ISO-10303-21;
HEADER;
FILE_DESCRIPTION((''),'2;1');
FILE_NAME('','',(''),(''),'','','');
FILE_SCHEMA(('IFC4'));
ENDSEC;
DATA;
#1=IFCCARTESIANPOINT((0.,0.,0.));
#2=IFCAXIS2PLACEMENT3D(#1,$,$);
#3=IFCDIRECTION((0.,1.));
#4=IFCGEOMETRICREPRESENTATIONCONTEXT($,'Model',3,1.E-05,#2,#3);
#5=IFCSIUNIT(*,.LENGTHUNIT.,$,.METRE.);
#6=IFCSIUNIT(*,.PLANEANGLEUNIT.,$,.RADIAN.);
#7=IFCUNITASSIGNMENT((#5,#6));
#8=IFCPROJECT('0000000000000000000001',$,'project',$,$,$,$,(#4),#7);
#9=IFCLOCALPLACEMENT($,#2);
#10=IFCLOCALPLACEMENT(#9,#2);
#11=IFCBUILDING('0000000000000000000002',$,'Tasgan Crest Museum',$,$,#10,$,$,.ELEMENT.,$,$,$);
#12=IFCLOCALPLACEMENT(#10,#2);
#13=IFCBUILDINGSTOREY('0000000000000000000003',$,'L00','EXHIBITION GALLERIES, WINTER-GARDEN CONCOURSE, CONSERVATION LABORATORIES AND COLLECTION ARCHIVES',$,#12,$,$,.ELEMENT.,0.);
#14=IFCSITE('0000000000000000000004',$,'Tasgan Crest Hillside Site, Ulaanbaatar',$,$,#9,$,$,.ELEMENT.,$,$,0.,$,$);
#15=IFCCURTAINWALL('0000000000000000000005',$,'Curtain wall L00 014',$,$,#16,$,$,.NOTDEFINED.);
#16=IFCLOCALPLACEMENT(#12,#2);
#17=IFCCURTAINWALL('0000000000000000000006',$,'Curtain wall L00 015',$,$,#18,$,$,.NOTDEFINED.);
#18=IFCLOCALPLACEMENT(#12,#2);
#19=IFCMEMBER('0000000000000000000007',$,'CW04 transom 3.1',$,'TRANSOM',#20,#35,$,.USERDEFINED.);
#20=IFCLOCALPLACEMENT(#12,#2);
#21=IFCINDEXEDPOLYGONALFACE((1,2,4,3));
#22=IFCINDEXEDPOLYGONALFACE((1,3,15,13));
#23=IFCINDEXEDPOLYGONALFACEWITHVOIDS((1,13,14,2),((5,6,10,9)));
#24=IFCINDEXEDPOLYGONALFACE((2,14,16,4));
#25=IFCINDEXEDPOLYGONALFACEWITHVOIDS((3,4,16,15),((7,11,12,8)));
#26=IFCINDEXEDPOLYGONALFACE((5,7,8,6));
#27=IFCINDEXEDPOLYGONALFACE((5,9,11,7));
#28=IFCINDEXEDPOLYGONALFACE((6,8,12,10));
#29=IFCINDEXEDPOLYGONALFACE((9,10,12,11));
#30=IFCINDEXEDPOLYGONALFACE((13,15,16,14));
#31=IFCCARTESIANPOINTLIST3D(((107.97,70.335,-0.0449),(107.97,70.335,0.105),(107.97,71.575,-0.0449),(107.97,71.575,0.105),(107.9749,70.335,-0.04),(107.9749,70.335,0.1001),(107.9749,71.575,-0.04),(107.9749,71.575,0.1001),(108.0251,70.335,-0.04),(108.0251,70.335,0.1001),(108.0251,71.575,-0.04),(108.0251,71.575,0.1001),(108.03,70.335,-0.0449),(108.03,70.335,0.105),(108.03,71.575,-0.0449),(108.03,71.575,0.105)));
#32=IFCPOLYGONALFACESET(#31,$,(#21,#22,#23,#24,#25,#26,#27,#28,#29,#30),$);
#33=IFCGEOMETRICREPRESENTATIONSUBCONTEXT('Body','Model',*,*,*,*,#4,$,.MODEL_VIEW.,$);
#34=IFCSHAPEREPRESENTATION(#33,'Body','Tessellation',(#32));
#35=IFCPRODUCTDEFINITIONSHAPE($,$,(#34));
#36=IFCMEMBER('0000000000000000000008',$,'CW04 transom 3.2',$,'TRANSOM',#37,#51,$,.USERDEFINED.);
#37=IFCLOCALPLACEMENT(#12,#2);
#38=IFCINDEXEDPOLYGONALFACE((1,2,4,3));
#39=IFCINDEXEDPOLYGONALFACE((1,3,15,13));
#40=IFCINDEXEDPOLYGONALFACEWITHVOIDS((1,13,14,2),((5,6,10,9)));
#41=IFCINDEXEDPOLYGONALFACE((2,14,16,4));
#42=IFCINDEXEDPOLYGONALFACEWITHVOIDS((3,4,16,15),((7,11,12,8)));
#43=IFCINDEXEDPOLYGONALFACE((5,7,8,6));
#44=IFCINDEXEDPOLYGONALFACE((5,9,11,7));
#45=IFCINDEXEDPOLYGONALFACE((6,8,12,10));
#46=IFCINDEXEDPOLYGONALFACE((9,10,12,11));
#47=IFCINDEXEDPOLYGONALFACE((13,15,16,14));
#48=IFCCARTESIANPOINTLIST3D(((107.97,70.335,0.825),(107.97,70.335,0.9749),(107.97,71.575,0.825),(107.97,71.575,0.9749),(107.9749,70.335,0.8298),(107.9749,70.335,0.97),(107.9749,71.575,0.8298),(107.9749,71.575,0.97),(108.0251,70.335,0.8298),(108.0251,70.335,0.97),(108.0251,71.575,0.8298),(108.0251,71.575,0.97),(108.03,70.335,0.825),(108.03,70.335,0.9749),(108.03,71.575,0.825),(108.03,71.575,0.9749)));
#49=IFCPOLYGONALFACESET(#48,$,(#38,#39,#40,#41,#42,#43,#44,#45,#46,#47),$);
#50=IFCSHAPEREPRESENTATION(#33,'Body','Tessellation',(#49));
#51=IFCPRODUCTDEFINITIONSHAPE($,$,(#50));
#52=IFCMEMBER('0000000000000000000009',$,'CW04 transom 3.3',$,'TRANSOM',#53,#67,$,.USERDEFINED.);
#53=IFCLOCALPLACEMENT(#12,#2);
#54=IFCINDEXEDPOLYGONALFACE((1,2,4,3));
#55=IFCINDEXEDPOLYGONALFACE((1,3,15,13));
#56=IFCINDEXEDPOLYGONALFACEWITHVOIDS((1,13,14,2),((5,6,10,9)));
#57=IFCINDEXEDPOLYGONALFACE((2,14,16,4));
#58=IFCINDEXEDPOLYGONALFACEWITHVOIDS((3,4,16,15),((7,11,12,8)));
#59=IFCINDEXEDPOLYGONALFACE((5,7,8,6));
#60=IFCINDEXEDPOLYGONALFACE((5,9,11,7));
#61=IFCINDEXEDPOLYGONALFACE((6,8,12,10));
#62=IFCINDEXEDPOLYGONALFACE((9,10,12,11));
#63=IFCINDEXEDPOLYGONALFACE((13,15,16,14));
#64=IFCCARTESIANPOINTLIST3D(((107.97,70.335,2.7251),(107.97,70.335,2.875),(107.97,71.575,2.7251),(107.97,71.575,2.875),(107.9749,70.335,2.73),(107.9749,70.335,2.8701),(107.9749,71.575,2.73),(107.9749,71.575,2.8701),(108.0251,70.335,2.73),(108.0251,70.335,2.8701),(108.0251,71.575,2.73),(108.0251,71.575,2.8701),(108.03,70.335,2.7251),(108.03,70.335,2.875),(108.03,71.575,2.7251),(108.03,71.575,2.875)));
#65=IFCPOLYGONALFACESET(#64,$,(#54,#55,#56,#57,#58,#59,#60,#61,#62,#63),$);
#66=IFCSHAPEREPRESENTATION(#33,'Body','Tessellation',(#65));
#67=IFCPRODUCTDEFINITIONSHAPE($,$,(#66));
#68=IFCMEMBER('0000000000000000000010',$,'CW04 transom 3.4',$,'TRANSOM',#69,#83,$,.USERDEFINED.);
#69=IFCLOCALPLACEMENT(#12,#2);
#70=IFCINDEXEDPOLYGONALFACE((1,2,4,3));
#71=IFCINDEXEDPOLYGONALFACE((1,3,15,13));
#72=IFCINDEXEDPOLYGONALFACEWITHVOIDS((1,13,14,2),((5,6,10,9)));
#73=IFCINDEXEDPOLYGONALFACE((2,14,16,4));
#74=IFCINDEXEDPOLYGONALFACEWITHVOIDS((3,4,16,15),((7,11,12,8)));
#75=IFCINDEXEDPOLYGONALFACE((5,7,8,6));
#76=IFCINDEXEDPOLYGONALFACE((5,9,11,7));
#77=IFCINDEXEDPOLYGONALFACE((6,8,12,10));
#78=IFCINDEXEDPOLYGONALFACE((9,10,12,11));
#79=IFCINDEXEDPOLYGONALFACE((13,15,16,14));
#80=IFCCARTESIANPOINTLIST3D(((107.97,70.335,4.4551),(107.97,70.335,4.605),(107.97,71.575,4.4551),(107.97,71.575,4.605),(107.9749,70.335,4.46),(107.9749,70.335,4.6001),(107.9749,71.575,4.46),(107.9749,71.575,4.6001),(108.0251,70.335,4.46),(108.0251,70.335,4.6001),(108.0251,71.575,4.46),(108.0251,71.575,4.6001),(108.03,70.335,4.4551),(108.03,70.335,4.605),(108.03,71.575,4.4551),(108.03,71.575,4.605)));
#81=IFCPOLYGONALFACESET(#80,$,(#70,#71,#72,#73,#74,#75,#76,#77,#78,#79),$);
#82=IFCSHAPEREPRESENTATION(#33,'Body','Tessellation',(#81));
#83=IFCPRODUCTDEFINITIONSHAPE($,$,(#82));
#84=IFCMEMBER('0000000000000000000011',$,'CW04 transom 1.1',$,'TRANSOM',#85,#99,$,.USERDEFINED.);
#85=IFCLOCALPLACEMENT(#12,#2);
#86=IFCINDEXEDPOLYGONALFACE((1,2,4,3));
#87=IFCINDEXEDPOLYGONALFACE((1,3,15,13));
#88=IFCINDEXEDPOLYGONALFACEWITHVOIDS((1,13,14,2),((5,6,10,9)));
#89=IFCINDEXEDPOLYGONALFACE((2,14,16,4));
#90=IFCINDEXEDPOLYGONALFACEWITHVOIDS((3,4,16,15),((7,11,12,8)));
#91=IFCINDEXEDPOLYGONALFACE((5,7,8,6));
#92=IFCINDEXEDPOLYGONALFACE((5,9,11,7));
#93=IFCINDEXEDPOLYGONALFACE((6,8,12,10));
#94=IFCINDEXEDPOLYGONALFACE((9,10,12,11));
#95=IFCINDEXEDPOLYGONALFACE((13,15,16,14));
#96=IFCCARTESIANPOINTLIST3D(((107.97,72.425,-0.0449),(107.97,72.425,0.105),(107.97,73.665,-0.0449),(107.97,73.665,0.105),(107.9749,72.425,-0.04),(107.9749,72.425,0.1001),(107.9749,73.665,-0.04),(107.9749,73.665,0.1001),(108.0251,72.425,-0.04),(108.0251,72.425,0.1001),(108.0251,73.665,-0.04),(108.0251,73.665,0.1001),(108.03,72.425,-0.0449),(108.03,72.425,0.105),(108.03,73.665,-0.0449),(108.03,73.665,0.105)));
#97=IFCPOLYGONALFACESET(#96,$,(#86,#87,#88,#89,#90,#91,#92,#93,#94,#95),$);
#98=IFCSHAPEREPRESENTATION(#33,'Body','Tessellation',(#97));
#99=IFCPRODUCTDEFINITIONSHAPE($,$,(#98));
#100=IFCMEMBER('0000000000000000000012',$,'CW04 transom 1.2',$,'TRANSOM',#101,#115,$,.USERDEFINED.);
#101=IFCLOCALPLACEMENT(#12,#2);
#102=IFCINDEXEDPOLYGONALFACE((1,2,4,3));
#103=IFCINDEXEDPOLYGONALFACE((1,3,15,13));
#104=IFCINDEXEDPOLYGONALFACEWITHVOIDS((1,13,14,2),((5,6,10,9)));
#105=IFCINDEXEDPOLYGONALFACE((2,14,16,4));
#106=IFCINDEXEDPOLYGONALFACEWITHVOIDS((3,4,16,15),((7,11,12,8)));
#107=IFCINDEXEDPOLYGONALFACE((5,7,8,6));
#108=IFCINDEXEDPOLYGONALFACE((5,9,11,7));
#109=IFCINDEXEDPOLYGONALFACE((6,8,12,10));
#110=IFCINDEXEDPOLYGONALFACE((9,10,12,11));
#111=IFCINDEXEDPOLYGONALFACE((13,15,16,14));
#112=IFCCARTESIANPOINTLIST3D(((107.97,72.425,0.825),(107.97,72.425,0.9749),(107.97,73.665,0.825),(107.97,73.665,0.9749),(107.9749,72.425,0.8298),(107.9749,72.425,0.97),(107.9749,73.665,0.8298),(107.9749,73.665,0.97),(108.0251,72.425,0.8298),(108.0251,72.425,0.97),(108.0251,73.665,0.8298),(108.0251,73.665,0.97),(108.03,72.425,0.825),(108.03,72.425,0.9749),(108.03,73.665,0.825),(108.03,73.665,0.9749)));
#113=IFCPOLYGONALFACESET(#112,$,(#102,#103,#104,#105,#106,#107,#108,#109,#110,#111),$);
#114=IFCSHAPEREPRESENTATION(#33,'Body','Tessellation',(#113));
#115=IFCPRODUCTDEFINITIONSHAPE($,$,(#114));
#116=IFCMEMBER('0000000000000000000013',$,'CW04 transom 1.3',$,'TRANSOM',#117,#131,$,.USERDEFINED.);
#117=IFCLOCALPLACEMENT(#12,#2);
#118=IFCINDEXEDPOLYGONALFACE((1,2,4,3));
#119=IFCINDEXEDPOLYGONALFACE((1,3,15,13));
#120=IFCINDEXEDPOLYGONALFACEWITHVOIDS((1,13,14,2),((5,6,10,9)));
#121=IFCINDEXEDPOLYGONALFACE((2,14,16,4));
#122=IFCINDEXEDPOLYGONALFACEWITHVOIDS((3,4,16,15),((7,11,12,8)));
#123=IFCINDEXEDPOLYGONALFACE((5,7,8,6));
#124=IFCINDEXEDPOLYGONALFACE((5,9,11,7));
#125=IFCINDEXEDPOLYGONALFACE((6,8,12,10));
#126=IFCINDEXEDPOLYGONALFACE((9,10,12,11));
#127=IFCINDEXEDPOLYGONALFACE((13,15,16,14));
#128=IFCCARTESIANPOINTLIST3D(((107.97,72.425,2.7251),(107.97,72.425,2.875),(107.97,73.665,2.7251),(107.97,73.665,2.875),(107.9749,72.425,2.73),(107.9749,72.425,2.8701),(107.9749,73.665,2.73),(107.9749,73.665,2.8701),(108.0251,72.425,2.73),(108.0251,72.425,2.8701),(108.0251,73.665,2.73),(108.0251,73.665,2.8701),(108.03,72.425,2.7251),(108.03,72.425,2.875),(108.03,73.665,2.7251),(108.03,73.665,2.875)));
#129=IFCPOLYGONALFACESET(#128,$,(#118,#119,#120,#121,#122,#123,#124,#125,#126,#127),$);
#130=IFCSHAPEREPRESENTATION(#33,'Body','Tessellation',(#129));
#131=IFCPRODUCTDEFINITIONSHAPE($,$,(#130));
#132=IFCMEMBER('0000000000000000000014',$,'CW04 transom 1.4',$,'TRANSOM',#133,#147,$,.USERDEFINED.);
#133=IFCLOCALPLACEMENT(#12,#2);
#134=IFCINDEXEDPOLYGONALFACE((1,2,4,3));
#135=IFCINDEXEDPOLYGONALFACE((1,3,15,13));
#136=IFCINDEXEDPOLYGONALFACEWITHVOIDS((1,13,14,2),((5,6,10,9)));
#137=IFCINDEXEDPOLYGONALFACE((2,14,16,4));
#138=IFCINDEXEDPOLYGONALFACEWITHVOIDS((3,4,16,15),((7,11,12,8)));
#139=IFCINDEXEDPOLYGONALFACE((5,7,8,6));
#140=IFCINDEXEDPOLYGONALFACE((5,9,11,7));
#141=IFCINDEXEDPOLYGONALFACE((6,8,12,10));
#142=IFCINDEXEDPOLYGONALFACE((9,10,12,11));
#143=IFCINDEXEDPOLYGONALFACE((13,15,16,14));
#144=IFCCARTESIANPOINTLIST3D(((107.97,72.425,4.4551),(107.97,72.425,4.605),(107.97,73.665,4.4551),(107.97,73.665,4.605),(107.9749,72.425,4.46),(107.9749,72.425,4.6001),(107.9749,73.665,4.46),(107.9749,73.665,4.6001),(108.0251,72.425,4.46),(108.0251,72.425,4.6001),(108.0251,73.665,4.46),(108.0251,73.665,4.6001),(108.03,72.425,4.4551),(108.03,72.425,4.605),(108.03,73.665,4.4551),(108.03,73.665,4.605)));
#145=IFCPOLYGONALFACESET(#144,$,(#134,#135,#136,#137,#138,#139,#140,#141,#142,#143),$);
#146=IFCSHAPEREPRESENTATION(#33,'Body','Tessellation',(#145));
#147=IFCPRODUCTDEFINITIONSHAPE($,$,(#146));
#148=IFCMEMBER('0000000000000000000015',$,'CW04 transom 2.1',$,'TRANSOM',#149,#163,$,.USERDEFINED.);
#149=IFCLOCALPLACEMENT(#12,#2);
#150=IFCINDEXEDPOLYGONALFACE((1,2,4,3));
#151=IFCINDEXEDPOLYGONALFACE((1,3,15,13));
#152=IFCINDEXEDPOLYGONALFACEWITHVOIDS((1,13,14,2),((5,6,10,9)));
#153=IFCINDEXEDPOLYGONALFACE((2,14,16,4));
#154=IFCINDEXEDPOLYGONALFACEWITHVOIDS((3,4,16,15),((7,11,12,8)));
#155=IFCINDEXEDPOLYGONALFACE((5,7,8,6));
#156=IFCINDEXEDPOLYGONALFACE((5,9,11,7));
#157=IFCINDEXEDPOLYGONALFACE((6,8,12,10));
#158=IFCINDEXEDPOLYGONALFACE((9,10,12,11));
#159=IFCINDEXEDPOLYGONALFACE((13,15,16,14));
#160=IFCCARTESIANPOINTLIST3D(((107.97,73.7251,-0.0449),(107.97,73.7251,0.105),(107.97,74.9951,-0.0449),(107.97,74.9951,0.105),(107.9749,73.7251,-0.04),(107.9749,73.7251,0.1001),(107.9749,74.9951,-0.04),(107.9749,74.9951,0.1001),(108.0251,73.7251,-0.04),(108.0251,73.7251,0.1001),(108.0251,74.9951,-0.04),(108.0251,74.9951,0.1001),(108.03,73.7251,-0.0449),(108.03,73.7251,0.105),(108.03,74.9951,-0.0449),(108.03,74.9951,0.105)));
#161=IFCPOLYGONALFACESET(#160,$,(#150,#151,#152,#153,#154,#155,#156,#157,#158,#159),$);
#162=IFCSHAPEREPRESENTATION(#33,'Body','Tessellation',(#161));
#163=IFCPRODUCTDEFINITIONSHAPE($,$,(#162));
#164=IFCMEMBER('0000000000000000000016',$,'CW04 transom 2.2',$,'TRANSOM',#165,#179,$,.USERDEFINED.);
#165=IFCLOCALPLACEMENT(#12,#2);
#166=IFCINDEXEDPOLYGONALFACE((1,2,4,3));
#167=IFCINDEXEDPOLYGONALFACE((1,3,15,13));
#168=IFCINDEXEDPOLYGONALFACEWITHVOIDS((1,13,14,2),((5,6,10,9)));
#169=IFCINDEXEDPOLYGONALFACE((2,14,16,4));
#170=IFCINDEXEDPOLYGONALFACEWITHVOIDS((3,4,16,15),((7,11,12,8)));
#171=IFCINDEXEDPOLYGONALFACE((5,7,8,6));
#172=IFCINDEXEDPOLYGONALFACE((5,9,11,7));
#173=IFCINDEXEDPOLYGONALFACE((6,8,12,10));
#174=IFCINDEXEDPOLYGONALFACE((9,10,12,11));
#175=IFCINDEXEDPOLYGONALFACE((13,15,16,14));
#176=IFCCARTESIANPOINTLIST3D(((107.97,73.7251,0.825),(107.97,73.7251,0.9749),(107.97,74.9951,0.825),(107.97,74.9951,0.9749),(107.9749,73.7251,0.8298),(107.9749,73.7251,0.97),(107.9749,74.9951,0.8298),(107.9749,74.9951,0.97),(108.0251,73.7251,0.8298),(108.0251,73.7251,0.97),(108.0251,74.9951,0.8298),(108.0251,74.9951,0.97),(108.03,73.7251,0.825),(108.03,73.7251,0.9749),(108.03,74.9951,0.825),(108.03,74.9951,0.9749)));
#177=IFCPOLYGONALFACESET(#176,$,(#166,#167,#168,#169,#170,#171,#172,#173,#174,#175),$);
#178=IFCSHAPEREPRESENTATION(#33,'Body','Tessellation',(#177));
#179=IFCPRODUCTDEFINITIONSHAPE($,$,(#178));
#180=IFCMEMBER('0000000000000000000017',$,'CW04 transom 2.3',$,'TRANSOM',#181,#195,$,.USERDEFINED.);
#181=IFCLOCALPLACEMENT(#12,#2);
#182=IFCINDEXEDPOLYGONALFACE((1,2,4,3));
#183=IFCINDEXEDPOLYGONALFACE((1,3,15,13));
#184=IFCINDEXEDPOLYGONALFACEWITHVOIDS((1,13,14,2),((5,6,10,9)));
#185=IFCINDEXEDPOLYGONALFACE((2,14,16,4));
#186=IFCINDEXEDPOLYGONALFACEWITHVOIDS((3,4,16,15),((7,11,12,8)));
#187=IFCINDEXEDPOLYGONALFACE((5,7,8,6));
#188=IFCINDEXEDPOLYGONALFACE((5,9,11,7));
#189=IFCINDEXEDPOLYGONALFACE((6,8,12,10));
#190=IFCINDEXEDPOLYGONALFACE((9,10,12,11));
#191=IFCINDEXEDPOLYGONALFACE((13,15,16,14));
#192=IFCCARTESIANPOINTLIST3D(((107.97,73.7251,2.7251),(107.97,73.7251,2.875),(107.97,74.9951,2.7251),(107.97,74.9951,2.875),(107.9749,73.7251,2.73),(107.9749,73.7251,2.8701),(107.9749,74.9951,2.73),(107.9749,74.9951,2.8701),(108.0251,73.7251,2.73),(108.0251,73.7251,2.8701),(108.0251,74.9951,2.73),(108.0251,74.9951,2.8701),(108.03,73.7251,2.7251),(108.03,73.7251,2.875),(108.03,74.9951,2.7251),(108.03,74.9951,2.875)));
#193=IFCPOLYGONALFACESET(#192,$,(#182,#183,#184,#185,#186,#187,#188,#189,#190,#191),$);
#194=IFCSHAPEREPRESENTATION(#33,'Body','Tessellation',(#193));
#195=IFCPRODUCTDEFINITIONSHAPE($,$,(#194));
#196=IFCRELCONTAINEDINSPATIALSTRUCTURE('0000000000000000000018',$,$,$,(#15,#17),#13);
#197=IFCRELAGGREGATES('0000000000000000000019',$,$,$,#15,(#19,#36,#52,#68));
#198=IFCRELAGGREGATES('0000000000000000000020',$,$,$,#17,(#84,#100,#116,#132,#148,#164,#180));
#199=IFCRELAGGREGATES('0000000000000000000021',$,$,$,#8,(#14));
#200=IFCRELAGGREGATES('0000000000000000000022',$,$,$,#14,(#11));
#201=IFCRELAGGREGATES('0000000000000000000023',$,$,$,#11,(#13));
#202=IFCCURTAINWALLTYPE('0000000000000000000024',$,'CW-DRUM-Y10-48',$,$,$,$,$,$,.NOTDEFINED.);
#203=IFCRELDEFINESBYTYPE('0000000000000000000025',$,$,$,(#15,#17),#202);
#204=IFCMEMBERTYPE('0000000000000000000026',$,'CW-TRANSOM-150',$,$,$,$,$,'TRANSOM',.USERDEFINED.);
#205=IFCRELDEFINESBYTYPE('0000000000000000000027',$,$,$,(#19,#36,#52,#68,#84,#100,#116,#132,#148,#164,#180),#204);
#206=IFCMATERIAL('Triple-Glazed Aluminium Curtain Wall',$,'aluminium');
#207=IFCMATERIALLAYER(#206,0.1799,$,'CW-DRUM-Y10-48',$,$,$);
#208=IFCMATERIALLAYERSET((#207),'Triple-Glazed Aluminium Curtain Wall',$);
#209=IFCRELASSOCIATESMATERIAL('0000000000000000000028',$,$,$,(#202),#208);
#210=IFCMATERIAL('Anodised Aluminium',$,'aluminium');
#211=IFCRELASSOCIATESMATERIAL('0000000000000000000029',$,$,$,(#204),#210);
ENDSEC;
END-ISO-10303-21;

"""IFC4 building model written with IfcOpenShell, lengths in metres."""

from ifc_helpers import new_model, si_unit, direction, frame, origin, origin_2d, place, context, subcontext, project, spatial, hollow_rectangle, extrude, material, layer, layer_set, material_profile, profile_set, type_object, element, aggregate, save


model = new_model("IFC4")

# Units and contexts
model_context = context("Model", 3, precision=1e-05, world=origin(), true_north=direction((0.0, 1.0)))
body_context = subcontext(model_context, "Body", "Model", "MODEL_VIEW")
ifc_project = project(units=[si_unit("LENGTHUNIT", "METRE"), si_unit("PLANEANGLEUNIT", "RADIAN")], contexts=[model_context])

# Site, building, storey
site_placement = place(None, origin())
site = spatial("IfcSite", under=ifc_project, at=site_placement, Name="Tasgan Crest Hillside Site, Ulaanbaatar", CompositionType="ELEMENT", RefElevation=0.0)
building_placement = place(site_placement, origin())
building = spatial("IfcBuilding", under=site, at=building_placement, Name="Tasgan Crest Museum", CompositionType="ELEMENT")
storey_placement = place(building_placement, origin())
storey = spatial("IfcBuildingStorey", under=building, at=storey_placement, Name="L00", Description="EXHIBITION GALLERIES, WINTER-GARDEN CONCOURSE, CONSERVATION LABORATORIES AND COLLECTION ARCHIVES", CompositionType="ELEMENT", Elevation=0.0)

# Curtain walls
ifc_material_1 = material(Name="Triple-Glazed Aluminium Curtain Wall", Category="aluminium")
ifc_layer_1 = layer(ifc_material_1, 0.1799, Name="CW-DRUM-Y10-48")
ifc_layer_set_1 = layer_set([ifc_layer_1], Name="Triple-Glazed Aluminium Curtain Wall")
curtain_wall_type = type_object("IfcCurtainWallType", Name="CW-DRUM-Y10-48", PredefinedType="NOTDEFINED", material=ifc_layer_set_1)
curtain_wall_1_placement = place(storey_placement, origin())
curtain_wall_1 = element("IfcCurtainWall", 1, at=curtain_wall_1_placement, inside=storey, type_object=curtain_wall_type, Name="Curtain wall L00 014", PredefinedType="NOTDEFINED")
curtain_wall_2_placement = place(storey_placement, origin())
curtain_wall_2 = element("IfcCurtainWall", 2, at=curtain_wall_2_placement, inside=storey, type_object=curtain_wall_type, Name="Curtain wall L00 015", PredefinedType="NOTDEFINED")

# Members
ifc_material_2 = material(Name="Anodised Aluminium", Category="aluminium")
ifc_material_profile_1 = material_profile(ifc_material_2, hollow_rectangle(XDim=0.0601, YDim=0.1499, WallThickness=0.0049, at=origin_2d()), Name="ALU TRANSOM 150x60x5")
ifc_profile_set_1 = profile_set([ifc_material_profile_1], Name="Anodised Aluminium")
member_type_1 = type_object("IfcMemberType", Name="CW-TRANSOM-150", ElementType="TRANSOM", PredefinedType="USERDEFINED", material=ifc_profile_set_1)
member_1_placement = place(storey_placement, frame((108.0, 70.335, 0.03), z_axis=(0.0, 1.0, 0.0), x_axis=(-1.0, 0.0, 0.0)))
member_1 = element("IfcMember", 3, at=member_1_placement, type_object=member_type_1, Name="CW04 transom 3.1", ObjectType="TRANSOM", PredefinedType="USERDEFINED", context=body_context, shape_type="SweptSolid", body=[
    extrude(hollow_rectangle(XDim=0.0601, YDim=0.1499, WallThickness=0.0049, at=origin_2d()), origin(), (0.0, 0.0, 1.0), 1.24),
])
member_2_placement = place(storey_placement, frame((108.0, 70.335, 0.8999), z_axis=(0.0, 1.0, 0.0), x_axis=(-1.0, 0.0, 0.0)))
member_2 = element("IfcMember", 4, at=member_2_placement, type_object=member_type_1, Name="CW04 transom 3.2", ObjectType="TRANSOM", PredefinedType="USERDEFINED", context=body_context, shape_type="SweptSolid", body=[
    extrude(hollow_rectangle(XDim=0.0601, YDim=0.1499, WallThickness=0.0049, at=origin_2d()), origin(), (0.0, 0.0, 1.0), 1.24),
])
member_3_placement = place(storey_placement, frame((108.0, 70.335, 2.8), z_axis=(0.0, 1.0, 0.0), x_axis=(-1.0, 0.0, 0.0)))
member_3 = element("IfcMember", 5, at=member_3_placement, type_object=member_type_1, Name="CW04 transom 3.3", ObjectType="TRANSOM", PredefinedType="USERDEFINED", context=body_context, shape_type="SweptSolid", body=[
    extrude(hollow_rectangle(XDim=0.0601, YDim=0.1499, WallThickness=0.0049, at=origin_2d()), origin(), (0.0, 0.0, 1.0), 1.24),
])
member_4_placement = place(storey_placement, frame((108.0, 70.335, 4.53), z_axis=(0.0, 1.0, 0.0), x_axis=(-1.0, 0.0, 0.0)))
member_4 = element("IfcMember", 6, at=member_4_placement, type_object=member_type_1, Name="CW04 transom 3.4", ObjectType="TRANSOM", PredefinedType="USERDEFINED", context=body_context, shape_type="SweptSolid", body=[
    extrude(hollow_rectangle(XDim=0.0601, YDim=0.1499, WallThickness=0.0049, at=origin_2d()), origin(), (0.0, 0.0, 1.0), 1.24),
])
member_5_placement = place(storey_placement, frame((108.0, 72.425, 0.03), z_axis=(0.0, 1.0, 0.0), x_axis=(-1.0, 0.0, 0.0)))
member_5 = element("IfcMember", 7, at=member_5_placement, type_object=member_type_1, Name="CW04 transom 1.1", ObjectType="TRANSOM", PredefinedType="USERDEFINED", context=body_context, shape_type="SweptSolid", body=[
    extrude(hollow_rectangle(XDim=0.0601, YDim=0.1499, WallThickness=0.0049, at=origin_2d()), origin(), (0.0, 0.0, 1.0), 1.24),
])
member_6_placement = place(storey_placement, frame((108.0, 72.425, 0.8999), z_axis=(0.0, 1.0, 0.0), x_axis=(-1.0, 0.0, 0.0)))
member_6 = element("IfcMember", 8, at=member_6_placement, type_object=member_type_1, Name="CW04 transom 1.2", ObjectType="TRANSOM", PredefinedType="USERDEFINED", context=body_context, shape_type="SweptSolid", body=[
    extrude(hollow_rectangle(XDim=0.0601, YDim=0.1499, WallThickness=0.0049, at=origin_2d()), origin(), (0.0, 0.0, 1.0), 1.24),
])
member_7_placement = place(storey_placement, frame((108.0, 72.425, 2.8), z_axis=(0.0, 1.0, 0.0), x_axis=(-1.0, 0.0, 0.0)))
member_7 = element("IfcMember", 9, at=member_7_placement, type_object=member_type_1, Name="CW04 transom 1.3", ObjectType="TRANSOM", PredefinedType="USERDEFINED", context=body_context, shape_type="SweptSolid", body=[
    extrude(hollow_rectangle(XDim=0.0601, YDim=0.1499, WallThickness=0.0049, at=origin_2d()), origin(), (0.0, 0.0, 1.0), 1.24),
])
member_8_placement = place(storey_placement, frame((108.0, 72.425, 4.53), z_axis=(0.0, 1.0, 0.0), x_axis=(-1.0, 0.0, 0.0)))
member_8 = element("IfcMember", 10, at=member_8_placement, type_object=member_type_1, Name="CW04 transom 1.4", ObjectType="TRANSOM", PredefinedType="USERDEFINED", context=body_context, shape_type="SweptSolid", body=[
    extrude(hollow_rectangle(XDim=0.0601, YDim=0.1499, WallThickness=0.0049, at=origin_2d()), origin(), (0.0, 0.0, 1.0), 1.24),
])
member_9_placement = place(storey_placement, frame((108.0, 73.7251, 0.03), z_axis=(0.0, 1.0, 0.0), x_axis=(-1.0, 0.0, 0.0)))
member_9 = element("IfcMember", 11, at=member_9_placement, type_object=member_type_1, Name="CW04 transom 2.1", ObjectType="TRANSOM", PredefinedType="USERDEFINED", context=body_context, shape_type="SweptSolid", body=[
    extrude(hollow_rectangle(XDim=0.0601, YDim=0.1499, WallThickness=0.0049, at=origin_2d()), origin(), (0.0, 0.0, 1.0), 1.27),
])
member_10_placement = place(storey_placement, frame((108.0, 73.7251, 0.8999), z_axis=(0.0, 1.0, 0.0), x_axis=(-1.0, 0.0, 0.0)))
member_10 = element("IfcMember", 12, at=member_10_placement, type_object=member_type_1, Name="CW04 transom 2.2", ObjectType="TRANSOM", PredefinedType="USERDEFINED", context=body_context, shape_type="SweptSolid", body=[
    extrude(hollow_rectangle(XDim=0.0601, YDim=0.1499, WallThickness=0.0049, at=origin_2d()), origin(), (0.0, 0.0, 1.0), 1.27),
])
member_11_placement = place(storey_placement, frame((108.0, 73.7251, 2.8), z_axis=(0.0, 1.0, 0.0), x_axis=(-1.0, 0.0, 0.0)))
member_11 = element("IfcMember", 13, at=member_11_placement, type_object=member_type_1, Name="CW04 transom 2.3", ObjectType="TRANSOM", PredefinedType="USERDEFINED", context=body_context, shape_type="SweptSolid", body=[
    extrude(hollow_rectangle(XDim=0.0601, YDim=0.1499, WallThickness=0.0049, at=origin_2d()), origin(), (0.0, 0.0, 1.0), 1.27),
])

aggregate(curtain_wall_1, [member_1, member_2, member_3, member_4])
aggregate(curtain_wall_2, [member_5, member_6, member_7, member_8, member_9, member_10, member_11])

save(model, "model.ifc")
